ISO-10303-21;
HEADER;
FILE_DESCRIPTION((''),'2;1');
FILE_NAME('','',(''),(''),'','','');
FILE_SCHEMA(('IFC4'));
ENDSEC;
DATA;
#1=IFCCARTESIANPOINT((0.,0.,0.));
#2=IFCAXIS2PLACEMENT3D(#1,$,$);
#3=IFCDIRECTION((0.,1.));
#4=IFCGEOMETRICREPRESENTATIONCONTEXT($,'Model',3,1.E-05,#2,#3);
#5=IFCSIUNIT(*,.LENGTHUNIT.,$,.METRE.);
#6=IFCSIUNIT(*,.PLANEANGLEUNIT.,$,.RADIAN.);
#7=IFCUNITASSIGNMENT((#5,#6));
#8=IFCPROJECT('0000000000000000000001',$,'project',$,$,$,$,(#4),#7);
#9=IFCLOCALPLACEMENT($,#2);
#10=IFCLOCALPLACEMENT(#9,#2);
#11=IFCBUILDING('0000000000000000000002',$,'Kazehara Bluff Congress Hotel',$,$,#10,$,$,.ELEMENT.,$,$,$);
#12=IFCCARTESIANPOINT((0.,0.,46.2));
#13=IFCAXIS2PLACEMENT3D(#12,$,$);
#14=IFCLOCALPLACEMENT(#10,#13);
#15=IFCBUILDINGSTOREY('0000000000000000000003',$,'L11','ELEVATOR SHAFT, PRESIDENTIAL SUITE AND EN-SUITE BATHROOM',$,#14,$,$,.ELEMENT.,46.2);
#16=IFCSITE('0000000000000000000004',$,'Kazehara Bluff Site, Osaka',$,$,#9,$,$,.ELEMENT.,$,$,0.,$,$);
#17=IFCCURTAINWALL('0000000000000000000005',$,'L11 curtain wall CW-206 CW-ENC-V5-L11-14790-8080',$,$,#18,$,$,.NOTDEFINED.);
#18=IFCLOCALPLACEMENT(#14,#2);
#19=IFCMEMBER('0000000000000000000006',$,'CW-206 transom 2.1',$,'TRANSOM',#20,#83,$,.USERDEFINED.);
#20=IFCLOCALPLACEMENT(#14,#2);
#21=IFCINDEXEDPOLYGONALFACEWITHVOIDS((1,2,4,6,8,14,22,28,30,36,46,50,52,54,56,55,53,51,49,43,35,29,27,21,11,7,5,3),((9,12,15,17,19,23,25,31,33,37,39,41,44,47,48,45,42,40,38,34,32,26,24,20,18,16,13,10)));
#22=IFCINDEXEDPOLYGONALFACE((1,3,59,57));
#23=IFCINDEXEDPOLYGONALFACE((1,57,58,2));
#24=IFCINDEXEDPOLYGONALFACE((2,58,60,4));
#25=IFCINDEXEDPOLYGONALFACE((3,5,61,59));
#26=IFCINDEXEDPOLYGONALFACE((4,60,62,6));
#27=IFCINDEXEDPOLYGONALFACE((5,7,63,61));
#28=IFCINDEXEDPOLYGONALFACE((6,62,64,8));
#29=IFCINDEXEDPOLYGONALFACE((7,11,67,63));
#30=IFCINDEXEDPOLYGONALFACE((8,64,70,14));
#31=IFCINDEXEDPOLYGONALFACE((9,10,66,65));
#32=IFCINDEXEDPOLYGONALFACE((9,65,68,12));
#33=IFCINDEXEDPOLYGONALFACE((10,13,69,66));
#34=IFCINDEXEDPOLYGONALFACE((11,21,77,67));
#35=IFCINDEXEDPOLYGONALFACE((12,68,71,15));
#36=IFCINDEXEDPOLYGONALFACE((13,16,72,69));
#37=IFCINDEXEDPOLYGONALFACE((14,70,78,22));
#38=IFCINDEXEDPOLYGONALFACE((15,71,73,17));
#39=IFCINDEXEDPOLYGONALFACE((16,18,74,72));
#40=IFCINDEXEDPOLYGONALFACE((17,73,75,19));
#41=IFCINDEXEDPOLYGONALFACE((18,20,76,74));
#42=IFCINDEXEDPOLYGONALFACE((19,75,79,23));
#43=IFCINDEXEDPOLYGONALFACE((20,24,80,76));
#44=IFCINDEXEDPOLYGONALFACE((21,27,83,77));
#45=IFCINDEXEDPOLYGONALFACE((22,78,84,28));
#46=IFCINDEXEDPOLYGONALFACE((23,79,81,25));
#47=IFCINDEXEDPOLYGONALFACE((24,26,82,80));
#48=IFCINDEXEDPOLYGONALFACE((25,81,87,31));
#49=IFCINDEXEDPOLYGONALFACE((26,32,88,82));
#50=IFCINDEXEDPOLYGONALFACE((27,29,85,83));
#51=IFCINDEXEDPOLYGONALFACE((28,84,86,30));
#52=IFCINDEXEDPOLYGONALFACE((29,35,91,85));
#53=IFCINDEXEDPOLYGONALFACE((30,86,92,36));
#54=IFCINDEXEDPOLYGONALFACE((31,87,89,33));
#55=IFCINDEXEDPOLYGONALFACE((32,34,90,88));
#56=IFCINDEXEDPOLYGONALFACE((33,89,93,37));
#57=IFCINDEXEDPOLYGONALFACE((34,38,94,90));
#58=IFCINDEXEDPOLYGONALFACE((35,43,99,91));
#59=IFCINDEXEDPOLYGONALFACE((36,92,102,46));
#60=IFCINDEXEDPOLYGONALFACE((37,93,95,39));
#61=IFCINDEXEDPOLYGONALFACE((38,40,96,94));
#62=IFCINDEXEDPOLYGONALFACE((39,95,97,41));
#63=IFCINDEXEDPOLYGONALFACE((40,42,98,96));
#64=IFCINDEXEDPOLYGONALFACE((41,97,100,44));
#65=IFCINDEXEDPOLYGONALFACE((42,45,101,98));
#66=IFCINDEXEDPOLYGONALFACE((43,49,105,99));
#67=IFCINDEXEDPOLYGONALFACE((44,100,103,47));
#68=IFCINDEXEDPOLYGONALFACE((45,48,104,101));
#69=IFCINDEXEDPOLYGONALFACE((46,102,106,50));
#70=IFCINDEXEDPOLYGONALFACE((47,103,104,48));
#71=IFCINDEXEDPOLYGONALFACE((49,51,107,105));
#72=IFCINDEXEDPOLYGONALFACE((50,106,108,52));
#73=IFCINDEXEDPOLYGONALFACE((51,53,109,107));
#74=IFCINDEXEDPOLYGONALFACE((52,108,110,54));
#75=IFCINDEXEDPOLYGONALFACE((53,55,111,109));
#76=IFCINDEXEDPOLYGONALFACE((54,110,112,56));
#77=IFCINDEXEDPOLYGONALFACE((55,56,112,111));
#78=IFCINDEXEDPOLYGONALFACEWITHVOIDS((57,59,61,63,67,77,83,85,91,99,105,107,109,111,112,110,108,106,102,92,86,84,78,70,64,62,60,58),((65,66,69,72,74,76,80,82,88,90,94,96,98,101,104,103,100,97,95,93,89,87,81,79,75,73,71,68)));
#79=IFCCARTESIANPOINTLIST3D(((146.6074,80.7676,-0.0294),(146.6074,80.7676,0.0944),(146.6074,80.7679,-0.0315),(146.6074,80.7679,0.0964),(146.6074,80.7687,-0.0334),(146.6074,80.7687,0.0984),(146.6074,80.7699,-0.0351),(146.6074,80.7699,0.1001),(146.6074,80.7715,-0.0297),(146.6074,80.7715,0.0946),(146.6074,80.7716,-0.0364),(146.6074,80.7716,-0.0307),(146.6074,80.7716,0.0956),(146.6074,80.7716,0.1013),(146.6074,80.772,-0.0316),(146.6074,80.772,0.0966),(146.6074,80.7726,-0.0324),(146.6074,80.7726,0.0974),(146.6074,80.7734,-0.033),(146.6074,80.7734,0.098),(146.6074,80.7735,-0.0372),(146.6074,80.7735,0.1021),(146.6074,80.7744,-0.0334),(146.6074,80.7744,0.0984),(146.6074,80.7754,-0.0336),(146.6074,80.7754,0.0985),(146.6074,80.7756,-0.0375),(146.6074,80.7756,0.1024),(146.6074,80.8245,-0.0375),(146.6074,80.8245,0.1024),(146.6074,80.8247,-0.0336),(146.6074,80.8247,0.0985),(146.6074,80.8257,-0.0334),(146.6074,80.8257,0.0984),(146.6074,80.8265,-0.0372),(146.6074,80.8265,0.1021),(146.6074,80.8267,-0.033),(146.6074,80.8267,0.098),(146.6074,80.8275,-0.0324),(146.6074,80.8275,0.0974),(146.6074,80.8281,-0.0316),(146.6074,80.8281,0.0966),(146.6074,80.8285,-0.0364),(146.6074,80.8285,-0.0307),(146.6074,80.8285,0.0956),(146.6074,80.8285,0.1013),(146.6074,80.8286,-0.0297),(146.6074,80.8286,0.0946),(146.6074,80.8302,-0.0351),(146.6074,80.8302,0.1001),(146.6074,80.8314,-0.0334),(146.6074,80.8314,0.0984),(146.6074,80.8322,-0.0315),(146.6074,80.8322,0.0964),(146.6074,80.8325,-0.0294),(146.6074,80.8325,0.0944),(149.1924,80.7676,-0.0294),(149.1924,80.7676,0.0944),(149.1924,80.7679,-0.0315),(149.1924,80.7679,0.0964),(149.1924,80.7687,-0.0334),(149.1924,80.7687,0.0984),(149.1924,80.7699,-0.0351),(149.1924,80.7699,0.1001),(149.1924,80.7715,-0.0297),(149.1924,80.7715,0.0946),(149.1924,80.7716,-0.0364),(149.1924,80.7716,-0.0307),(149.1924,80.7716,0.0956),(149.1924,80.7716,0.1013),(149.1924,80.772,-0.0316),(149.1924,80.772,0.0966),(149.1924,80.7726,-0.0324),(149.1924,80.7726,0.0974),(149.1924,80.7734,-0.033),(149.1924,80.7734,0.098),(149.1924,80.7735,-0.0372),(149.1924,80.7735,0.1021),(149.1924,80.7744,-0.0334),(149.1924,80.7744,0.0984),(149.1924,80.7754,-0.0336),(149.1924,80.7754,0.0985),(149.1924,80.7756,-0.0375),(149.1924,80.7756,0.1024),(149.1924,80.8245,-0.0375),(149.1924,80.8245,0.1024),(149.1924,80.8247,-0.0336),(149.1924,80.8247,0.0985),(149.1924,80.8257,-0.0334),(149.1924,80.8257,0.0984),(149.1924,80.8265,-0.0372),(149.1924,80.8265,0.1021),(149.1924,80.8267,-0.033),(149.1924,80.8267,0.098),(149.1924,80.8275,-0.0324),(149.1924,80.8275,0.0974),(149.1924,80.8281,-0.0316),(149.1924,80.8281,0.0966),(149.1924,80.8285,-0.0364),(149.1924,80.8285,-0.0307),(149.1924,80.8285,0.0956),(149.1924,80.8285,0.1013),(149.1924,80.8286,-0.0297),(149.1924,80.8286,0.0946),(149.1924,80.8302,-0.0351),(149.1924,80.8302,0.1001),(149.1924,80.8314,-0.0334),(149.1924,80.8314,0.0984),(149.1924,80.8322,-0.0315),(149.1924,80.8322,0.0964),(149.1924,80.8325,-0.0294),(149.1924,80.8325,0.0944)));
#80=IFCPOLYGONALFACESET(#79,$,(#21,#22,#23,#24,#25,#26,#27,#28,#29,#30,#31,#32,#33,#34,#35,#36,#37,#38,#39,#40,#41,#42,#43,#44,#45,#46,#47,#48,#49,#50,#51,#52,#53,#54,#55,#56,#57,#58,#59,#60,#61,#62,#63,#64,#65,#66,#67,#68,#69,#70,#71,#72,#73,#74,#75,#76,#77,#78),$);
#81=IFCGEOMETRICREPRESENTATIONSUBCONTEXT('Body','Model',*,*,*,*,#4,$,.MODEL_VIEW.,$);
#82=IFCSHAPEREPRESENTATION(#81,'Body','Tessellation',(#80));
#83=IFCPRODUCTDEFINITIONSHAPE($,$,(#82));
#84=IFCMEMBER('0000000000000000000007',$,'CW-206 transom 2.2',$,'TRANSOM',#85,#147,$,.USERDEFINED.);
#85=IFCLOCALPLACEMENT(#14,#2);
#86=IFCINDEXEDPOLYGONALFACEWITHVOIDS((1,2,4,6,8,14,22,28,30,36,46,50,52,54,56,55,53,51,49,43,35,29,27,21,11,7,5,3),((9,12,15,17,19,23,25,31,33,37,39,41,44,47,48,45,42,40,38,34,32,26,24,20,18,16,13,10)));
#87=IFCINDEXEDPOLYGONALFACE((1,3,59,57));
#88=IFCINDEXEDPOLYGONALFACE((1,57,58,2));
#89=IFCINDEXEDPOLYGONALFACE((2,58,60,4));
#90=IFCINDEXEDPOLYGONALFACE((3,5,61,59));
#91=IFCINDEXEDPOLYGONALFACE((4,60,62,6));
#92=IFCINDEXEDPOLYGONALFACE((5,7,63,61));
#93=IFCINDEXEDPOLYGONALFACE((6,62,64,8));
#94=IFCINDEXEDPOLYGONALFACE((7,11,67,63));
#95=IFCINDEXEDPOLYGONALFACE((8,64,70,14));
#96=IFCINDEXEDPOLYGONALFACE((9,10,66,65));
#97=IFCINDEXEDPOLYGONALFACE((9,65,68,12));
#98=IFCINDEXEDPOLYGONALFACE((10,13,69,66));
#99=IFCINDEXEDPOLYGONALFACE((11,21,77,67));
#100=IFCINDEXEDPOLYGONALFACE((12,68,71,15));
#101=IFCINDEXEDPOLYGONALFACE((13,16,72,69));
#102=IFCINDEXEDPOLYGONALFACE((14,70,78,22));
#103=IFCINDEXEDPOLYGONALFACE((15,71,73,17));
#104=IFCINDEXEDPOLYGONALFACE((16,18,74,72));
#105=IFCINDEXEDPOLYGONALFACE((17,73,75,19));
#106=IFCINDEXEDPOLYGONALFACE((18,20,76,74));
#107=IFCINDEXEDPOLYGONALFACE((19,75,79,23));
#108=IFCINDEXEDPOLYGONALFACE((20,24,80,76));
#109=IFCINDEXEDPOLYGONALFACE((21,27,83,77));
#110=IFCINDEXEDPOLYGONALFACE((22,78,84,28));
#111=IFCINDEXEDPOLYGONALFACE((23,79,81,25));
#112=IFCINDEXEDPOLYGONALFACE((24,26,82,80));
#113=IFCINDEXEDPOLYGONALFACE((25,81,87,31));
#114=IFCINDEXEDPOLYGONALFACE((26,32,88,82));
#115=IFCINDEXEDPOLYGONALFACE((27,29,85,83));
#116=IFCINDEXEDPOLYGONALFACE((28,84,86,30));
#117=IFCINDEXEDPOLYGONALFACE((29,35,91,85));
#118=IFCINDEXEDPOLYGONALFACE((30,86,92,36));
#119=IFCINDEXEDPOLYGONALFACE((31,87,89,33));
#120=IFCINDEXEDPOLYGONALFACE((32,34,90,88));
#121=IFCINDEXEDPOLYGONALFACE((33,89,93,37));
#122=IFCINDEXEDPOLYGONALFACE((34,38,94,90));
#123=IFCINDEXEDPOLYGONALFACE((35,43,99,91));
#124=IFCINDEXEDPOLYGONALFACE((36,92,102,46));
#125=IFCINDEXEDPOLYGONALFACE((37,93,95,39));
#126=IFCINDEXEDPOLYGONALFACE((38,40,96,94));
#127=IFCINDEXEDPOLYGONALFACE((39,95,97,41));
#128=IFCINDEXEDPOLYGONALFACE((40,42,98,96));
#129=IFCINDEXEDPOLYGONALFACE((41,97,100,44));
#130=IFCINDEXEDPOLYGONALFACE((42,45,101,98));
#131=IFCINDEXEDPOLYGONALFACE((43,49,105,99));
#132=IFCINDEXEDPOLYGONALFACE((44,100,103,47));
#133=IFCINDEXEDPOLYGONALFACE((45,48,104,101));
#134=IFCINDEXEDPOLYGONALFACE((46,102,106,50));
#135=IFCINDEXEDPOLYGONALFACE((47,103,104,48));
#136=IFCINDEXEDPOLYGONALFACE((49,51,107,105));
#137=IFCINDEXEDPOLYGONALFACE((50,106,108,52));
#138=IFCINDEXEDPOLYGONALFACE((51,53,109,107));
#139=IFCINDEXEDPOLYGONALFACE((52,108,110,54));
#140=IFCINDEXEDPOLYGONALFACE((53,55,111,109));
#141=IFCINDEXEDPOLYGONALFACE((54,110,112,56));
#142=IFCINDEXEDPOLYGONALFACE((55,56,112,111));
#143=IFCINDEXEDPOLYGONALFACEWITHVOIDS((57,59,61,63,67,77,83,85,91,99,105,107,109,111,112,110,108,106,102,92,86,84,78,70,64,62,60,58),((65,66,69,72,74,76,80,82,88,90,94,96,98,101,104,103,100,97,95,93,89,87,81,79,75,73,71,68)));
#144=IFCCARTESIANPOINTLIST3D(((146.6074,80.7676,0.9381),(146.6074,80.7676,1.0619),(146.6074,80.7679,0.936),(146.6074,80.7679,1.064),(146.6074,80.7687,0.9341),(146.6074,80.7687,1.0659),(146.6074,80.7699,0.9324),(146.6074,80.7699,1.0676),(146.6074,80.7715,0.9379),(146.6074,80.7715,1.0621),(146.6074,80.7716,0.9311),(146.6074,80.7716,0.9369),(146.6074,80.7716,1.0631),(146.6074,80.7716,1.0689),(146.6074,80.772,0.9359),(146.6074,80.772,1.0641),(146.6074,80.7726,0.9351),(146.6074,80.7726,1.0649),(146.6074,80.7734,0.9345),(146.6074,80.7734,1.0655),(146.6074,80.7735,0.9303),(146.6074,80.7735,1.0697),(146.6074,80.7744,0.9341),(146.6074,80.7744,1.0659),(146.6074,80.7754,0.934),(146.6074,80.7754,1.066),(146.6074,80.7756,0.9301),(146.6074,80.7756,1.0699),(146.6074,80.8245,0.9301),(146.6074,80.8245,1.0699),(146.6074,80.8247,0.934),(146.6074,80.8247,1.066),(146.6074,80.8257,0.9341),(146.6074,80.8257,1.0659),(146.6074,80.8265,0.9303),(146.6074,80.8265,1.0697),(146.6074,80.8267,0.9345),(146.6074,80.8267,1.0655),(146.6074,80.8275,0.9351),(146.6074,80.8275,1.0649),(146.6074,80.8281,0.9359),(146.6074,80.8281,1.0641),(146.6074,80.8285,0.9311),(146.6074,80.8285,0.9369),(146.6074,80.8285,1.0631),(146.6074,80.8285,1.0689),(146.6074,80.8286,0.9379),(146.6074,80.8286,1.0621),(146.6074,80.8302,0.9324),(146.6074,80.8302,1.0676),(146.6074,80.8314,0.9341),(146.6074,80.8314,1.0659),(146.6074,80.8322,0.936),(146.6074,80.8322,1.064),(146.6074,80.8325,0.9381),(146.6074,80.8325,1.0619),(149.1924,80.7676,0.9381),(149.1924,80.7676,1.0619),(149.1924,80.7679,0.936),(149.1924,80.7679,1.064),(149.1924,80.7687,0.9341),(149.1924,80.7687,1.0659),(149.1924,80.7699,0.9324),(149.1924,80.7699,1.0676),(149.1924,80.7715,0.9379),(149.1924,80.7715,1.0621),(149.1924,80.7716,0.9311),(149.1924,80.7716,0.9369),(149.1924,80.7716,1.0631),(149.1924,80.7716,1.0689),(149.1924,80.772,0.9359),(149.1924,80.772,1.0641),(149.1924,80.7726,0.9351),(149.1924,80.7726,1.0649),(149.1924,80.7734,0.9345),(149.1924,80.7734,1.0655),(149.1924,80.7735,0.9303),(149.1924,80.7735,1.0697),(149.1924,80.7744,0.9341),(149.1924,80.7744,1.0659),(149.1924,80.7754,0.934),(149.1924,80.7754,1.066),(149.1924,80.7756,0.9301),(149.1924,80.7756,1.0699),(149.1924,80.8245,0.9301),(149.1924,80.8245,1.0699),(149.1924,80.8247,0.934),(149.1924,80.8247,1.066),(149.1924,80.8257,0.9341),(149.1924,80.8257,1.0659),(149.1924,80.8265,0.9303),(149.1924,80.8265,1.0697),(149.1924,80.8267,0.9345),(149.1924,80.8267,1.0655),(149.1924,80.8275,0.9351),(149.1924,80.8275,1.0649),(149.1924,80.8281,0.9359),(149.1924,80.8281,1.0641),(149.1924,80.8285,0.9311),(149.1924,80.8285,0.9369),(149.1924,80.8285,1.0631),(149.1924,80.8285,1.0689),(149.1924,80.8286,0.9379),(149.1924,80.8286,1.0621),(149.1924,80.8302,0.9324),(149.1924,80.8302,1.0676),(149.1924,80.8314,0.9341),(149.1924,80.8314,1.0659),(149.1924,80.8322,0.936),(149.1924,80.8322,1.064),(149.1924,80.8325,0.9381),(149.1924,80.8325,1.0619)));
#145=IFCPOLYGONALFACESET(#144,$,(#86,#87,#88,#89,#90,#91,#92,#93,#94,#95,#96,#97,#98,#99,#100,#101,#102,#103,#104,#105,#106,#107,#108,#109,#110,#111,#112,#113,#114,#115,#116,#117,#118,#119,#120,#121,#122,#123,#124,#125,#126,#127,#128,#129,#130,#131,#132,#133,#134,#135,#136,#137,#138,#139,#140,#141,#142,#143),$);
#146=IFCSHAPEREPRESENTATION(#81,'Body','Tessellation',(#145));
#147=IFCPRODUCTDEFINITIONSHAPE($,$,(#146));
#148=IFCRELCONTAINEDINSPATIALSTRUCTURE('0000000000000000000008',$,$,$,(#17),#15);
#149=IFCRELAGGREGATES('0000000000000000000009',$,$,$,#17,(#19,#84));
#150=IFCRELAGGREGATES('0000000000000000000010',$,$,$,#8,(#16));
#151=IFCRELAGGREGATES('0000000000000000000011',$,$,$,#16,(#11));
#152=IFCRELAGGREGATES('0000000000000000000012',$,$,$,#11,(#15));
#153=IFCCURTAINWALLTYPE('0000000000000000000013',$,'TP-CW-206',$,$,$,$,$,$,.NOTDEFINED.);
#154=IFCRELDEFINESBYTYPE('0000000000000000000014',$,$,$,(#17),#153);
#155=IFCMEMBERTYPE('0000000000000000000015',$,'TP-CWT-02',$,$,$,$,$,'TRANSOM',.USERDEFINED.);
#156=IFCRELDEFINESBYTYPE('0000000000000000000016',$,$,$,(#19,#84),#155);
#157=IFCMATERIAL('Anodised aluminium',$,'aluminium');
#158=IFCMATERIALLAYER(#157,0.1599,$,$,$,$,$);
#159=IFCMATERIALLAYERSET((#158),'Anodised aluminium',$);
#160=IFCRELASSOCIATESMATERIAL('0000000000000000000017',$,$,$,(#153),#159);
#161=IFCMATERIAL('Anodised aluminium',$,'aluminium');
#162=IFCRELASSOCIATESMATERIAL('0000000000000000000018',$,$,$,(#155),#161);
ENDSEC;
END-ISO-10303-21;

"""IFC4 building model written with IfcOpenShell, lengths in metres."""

from ifc_helpers import new_model, si_unit, direction, frame, origin, origin_2d, place, context, subcontext, project, spatial, hollow_rectangle, extrude, material, layer, layer_set, material_profile, profile_set, type_object, element, aggregate, save


model = new_model("IFC4")

# Units and contexts
model_context = context("Model", 3, precision=1e-05, world=origin(), true_north=direction((0.0, 1.0)))
body_context = subcontext(model_context, "Body", "Model", "MODEL_VIEW")
ifc_project = project(units=[si_unit("LENGTHUNIT", "METRE"), si_unit("PLANEANGLEUNIT", "RADIAN")], contexts=[model_context])

# Site, building, storey
site_placement = place(None, origin())
site = spatial("IfcSite", under=ifc_project, at=site_placement, Name="Kazehara Bluff Site, Osaka", CompositionType="ELEMENT", RefElevation=0.0)
building_placement = place(site_placement, origin())
building = spatial("IfcBuilding", under=site, at=building_placement, Name="Kazehara Bluff Congress Hotel", CompositionType="ELEMENT")
storey_placement = place(building_placement, frame((0.0, 0.0, 46.2)))
storey = spatial("IfcBuildingStorey", under=building, at=storey_placement, Name="L11", Description="ELEVATOR SHAFT, PRESIDENTIAL SUITE AND EN-SUITE BATHROOM", CompositionType="ELEMENT", Elevation=46.2)

# Curtain wall, members
ifc_material_1 = material(Name="Anodised aluminium", Category="aluminium")
ifc_layer_1 = layer(ifc_material_1, 0.1599)
ifc_layer_set_1 = layer_set([ifc_layer_1], Name="Anodised aluminium")
curtain_wall_type = type_object("IfcCurtainWallType", Name="TP-CW-206", PredefinedType="NOTDEFINED", material=ifc_layer_set_1)
curtain_wall_placement = place(storey_placement, origin())
curtain_wall = element("IfcCurtainWall", 1, at=curtain_wall_placement, inside=storey, type_object=curtain_wall_type, Name="L11 curtain wall CW-206 CW-ENC-V5-L11-14790-8080", PredefinedType="NOTDEFINED")
ifc_material_2 = material(Name="Anodised aluminium", Category="aluminium")
ifc_material_profile_1 = material_profile(ifc_material_2, hollow_rectangle(XDim=0.0649, YDim=0.1399, WallThickness=0.0039, InnerFilletRadius=0.0039, OuterFilletRadius=0.0081, at=origin_2d()))
ifc_profile_set_1 = profile_set([ifc_material_profile_1], Name="Anodised aluminium")
member_type_1 = type_object("IfcMemberType", Name="TP-CWT-02", ElementType="TRANSOM", PredefinedType="USERDEFINED", material=ifc_profile_set_1)
member_1_placement = place(storey_placement, frame((146.6074, 80.8, 0.0325), z_axis=(1.0, 0.0, 0.0), x_axis=(0.0, 1.0, 0.0)))
member_1 = element("IfcMember", 2, at=member_1_placement, type_object=member_type_1, Name="CW-206 transom 2.1", ObjectType="TRANSOM", PredefinedType="USERDEFINED", context=body_context, shape_type="SweptSolid", body=[
    extrude(hollow_rectangle(XDim=0.0649, YDim=0.1399, WallThickness=0.0039, InnerFilletRadius=0.0039, OuterFilletRadius=0.0081, at=origin_2d()), origin(), (0.0, 0.0, 1.0), 2.585),
])
member_2_placement = place(storey_placement, frame((146.6074, 80.8, 1.0), z_axis=(1.0, 0.0, 0.0), x_axis=(0.0, 1.0, 0.0)))
member_2 = element("IfcMember", 3, at=member_2_placement, type_object=member_type_1, Name="CW-206 transom 2.2", ObjectType="TRANSOM", PredefinedType="USERDEFINED", context=body_context, shape_type="SweptSolid", body=[
    extrude(hollow_rectangle(XDim=0.0649, YDim=0.1399, WallThickness=0.0039, InnerFilletRadius=0.0039, OuterFilletRadius=0.0081, at=origin_2d()), origin(), (0.0, 0.0, 1.0), 2.585),
])

aggregate(curtain_wall, [member_1, member_2])

save(model, "model.ifc")
